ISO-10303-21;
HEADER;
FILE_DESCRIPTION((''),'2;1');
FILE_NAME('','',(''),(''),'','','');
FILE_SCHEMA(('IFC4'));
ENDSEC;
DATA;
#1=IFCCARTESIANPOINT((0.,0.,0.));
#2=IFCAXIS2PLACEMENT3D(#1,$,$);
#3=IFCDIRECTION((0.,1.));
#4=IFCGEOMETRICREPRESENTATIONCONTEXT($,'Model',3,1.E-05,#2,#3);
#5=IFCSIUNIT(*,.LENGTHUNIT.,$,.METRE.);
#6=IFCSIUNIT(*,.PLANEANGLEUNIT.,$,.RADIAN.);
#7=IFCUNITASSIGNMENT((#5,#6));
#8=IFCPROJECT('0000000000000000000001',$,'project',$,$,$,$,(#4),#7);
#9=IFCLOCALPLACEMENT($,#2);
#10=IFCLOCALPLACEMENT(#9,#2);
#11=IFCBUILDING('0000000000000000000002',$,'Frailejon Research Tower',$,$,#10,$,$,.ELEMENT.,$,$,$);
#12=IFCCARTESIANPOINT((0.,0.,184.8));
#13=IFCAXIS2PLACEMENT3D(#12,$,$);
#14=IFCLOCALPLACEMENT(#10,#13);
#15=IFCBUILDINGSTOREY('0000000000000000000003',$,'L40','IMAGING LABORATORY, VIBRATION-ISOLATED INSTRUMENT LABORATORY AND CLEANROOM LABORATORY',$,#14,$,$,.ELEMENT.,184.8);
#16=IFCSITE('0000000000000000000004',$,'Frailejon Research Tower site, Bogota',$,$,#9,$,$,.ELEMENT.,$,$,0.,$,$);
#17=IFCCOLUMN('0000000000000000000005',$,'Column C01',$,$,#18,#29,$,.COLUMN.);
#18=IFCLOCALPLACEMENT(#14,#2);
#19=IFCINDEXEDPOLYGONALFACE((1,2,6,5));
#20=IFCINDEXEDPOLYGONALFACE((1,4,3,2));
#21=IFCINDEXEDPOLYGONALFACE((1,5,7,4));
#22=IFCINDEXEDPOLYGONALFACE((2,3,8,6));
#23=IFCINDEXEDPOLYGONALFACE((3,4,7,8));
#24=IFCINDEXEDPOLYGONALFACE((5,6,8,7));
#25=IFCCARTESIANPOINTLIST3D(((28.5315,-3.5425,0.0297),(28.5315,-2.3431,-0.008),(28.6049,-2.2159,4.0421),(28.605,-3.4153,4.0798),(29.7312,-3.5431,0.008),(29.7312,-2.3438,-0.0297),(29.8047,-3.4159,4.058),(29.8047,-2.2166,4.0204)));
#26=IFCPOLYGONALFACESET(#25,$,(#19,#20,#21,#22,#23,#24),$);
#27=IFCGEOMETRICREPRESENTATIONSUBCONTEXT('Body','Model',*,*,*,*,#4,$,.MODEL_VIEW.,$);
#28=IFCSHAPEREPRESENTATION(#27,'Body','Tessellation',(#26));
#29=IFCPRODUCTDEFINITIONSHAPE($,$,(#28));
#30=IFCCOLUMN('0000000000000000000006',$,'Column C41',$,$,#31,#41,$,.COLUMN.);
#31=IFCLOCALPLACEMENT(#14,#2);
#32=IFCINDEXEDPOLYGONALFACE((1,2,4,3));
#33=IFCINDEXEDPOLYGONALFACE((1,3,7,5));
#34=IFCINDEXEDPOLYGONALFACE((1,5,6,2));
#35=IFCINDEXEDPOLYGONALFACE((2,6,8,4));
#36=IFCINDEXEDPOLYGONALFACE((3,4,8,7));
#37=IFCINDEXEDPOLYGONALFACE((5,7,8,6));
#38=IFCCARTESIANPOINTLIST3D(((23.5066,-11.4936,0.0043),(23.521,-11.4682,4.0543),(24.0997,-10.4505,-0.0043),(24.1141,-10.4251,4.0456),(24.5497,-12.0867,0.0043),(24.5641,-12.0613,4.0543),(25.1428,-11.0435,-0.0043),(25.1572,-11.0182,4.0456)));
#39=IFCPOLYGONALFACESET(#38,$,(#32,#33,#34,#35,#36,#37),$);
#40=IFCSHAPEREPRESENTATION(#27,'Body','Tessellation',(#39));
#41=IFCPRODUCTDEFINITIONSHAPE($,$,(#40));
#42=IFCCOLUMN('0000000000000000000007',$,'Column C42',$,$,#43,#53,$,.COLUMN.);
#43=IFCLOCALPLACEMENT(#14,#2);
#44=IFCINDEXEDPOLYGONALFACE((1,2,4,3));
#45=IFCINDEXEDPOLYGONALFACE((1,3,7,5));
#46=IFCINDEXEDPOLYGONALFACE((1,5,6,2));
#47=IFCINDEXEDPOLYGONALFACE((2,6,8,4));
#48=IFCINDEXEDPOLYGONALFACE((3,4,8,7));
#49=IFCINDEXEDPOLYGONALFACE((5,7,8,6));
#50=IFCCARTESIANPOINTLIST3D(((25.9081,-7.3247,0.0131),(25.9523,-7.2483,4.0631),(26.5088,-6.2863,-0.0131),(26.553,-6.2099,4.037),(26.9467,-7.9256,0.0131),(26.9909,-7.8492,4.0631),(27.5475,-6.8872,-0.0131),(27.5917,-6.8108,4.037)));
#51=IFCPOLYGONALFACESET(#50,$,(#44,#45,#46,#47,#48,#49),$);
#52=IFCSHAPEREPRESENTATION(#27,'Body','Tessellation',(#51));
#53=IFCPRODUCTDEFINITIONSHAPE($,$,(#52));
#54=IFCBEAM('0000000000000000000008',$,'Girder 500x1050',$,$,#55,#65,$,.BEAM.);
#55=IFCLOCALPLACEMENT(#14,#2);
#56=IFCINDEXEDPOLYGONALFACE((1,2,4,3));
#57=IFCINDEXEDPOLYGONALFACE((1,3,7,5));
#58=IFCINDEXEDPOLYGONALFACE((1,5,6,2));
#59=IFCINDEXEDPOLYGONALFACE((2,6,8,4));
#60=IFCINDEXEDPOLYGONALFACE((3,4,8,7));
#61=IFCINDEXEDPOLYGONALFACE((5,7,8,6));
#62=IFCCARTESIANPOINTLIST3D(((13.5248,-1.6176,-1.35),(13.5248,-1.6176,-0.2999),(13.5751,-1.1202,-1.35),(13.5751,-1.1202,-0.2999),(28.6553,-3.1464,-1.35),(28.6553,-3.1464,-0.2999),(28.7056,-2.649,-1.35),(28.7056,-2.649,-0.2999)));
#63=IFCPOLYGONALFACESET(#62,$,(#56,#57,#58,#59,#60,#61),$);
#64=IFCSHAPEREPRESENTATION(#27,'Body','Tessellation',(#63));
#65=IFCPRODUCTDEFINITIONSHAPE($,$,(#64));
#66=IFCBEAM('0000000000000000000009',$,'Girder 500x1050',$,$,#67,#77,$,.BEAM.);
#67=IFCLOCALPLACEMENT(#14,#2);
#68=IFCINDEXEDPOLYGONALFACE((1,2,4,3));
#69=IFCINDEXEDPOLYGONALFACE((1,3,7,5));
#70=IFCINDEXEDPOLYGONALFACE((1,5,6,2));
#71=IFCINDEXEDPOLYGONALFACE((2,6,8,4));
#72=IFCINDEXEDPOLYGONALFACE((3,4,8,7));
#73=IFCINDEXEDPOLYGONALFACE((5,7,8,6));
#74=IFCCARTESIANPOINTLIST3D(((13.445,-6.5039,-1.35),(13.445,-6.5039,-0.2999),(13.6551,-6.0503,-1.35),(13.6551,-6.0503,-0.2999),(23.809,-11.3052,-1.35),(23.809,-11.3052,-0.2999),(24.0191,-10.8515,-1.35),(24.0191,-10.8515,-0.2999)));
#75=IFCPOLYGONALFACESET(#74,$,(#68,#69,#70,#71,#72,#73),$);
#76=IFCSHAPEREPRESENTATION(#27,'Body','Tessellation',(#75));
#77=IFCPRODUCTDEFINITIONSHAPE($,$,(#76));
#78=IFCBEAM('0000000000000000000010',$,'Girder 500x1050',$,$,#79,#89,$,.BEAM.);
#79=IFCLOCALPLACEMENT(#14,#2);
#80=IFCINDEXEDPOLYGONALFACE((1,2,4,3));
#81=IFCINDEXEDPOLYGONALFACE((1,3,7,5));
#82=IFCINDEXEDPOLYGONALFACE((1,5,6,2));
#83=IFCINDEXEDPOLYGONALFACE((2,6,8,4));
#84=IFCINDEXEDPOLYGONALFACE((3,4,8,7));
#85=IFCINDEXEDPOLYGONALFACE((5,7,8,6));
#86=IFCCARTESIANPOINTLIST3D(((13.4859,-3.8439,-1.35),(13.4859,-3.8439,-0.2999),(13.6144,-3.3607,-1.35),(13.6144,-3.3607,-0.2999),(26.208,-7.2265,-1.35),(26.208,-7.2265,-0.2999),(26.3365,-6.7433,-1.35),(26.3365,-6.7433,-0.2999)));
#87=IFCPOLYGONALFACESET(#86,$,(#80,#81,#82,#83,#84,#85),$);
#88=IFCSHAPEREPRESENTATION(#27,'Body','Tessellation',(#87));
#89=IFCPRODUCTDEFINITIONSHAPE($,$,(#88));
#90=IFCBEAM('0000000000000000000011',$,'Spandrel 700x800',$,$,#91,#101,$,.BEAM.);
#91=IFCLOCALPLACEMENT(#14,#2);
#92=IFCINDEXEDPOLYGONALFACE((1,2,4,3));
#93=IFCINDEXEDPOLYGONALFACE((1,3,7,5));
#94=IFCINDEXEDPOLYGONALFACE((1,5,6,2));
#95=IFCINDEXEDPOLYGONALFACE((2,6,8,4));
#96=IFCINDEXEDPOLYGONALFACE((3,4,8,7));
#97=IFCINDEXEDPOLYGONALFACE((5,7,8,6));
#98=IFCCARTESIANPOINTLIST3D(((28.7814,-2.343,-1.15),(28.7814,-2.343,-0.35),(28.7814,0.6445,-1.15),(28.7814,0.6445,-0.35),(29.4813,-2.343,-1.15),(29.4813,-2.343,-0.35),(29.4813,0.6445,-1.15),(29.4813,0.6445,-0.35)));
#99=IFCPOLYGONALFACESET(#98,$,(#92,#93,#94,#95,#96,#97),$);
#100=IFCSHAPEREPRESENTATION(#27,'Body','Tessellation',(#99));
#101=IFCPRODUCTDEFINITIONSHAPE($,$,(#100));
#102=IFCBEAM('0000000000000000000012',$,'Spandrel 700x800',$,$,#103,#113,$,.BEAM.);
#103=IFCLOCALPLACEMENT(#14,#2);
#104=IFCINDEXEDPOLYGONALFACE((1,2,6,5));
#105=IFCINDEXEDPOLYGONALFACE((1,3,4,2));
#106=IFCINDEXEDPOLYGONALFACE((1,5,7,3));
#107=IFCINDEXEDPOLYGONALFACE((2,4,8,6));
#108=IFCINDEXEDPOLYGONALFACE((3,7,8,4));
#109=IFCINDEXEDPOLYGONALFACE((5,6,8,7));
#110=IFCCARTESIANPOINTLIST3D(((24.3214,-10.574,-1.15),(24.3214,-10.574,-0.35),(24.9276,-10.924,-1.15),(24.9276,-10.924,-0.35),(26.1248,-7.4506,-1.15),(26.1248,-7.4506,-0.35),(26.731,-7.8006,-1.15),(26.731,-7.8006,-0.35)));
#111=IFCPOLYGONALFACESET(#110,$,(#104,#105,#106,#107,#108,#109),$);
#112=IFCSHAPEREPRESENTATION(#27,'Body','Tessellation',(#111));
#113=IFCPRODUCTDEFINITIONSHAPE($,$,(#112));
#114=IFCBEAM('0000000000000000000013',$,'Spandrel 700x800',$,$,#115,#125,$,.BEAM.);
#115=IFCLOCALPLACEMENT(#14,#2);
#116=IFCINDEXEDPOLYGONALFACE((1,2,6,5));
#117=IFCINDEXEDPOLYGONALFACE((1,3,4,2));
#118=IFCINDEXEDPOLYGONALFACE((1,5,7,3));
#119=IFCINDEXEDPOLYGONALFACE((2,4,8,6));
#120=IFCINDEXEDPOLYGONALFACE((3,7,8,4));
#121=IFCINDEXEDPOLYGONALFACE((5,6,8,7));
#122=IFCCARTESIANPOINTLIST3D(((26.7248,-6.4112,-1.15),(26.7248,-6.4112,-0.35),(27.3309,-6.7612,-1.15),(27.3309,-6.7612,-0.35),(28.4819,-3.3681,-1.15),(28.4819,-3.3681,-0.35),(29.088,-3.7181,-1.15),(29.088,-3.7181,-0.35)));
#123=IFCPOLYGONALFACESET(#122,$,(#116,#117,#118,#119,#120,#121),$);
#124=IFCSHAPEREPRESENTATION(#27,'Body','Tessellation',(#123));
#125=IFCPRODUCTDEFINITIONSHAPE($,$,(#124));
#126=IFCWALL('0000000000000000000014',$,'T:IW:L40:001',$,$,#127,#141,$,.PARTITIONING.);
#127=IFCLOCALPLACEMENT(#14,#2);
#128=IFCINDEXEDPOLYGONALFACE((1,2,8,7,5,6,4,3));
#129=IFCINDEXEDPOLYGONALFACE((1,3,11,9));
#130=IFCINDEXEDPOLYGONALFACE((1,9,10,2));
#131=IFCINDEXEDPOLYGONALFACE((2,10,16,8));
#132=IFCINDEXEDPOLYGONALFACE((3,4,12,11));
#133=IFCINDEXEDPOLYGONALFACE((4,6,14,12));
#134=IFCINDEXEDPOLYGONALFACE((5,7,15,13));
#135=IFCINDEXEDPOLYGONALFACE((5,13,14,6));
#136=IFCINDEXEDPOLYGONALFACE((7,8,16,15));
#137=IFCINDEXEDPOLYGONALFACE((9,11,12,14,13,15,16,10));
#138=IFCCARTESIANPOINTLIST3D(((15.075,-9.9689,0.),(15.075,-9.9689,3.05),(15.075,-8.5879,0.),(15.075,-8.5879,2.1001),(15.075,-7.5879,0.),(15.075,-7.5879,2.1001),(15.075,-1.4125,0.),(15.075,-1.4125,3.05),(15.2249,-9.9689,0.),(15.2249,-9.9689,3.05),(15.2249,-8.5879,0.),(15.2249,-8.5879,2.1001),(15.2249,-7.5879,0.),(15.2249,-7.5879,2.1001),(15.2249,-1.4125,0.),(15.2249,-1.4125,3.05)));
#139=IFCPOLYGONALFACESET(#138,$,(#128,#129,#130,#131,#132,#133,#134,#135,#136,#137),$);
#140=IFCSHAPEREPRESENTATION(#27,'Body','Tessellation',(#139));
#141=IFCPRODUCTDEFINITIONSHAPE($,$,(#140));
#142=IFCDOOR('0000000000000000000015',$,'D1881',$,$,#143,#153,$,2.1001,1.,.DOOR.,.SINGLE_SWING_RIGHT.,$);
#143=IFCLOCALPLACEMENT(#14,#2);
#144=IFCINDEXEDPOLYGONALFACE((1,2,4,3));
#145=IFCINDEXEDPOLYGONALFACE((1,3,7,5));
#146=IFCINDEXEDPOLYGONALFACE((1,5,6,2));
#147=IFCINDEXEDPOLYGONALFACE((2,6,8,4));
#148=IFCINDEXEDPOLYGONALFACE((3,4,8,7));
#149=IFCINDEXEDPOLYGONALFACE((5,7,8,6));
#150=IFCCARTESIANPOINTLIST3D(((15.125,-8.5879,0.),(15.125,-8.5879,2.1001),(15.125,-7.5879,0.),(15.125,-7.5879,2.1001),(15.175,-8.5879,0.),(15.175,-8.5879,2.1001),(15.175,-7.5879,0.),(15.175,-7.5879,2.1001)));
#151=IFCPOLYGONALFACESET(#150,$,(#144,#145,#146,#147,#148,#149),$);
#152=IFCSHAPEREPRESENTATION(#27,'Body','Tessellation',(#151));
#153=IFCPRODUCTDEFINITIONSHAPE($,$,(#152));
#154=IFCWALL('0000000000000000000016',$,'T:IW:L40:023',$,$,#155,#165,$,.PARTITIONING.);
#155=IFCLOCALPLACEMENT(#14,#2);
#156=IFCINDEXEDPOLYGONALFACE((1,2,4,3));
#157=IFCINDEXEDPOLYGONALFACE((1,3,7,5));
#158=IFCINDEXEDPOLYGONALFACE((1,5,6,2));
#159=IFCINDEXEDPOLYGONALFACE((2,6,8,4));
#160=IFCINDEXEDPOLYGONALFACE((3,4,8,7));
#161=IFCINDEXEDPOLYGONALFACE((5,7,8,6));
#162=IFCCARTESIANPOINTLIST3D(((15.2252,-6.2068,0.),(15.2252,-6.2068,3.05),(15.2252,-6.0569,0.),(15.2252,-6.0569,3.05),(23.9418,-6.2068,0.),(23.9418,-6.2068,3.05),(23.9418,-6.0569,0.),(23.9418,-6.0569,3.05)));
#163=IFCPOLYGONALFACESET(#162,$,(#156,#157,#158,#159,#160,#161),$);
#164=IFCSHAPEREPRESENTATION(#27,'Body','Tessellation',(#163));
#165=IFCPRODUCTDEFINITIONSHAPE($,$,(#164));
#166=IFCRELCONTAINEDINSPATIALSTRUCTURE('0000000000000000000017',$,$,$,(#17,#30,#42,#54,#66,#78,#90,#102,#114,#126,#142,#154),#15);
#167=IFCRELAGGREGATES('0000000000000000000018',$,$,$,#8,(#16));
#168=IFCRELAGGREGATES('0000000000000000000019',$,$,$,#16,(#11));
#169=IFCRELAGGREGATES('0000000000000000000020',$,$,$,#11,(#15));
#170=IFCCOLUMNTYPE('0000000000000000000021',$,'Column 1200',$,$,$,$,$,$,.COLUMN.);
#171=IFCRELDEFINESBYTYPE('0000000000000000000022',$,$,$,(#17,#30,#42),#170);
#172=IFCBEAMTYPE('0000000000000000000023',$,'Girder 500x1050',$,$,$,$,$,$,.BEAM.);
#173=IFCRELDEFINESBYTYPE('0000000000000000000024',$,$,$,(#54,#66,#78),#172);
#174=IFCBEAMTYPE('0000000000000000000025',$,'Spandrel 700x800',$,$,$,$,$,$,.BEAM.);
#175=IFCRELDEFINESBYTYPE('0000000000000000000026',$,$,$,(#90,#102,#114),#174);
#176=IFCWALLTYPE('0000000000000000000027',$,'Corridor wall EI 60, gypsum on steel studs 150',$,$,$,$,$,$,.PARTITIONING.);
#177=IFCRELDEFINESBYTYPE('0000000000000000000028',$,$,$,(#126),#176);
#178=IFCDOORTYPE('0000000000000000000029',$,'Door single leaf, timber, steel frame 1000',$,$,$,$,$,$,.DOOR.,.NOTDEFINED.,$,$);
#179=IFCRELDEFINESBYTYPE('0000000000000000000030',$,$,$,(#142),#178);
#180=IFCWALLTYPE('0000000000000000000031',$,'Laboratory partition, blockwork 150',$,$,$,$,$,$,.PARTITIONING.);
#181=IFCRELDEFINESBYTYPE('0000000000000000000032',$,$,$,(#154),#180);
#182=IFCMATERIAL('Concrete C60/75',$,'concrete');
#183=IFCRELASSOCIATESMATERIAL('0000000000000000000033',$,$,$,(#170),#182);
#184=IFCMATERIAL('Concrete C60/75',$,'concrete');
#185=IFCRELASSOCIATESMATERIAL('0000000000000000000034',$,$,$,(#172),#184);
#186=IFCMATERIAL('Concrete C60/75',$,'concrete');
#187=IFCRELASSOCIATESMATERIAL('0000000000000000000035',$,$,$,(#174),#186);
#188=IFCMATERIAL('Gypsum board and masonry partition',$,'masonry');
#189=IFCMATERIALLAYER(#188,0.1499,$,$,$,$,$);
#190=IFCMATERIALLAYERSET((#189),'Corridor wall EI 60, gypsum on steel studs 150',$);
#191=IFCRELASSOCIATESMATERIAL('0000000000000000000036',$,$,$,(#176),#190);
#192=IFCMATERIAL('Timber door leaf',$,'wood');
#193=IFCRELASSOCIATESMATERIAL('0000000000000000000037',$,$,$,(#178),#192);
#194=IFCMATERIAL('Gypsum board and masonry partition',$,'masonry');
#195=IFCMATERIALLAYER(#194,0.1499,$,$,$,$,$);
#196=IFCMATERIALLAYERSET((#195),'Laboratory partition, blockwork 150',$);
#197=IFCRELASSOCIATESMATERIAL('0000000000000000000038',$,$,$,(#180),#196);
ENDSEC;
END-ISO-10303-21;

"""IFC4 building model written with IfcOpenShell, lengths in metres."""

from ifc_helpers import new_model, si_unit, direction, frame, frame_2d, origin, origin_2d, place, context, subcontext, project, spatial, rectangle, extrude, material, layer, layer_set, material_profile, profile_set, type_object, element, fill, save


model = new_model("IFC4")

# Units and contexts
model_context = context("Model", 3, precision=1e-05, world=origin(), true_north=direction((0.0, 1.0)))
body_context = subcontext(model_context, "Body", "Model", "MODEL_VIEW")
ifc_project = project(units=[si_unit("LENGTHUNIT", "METRE"), si_unit("PLANEANGLEUNIT", "RADIAN")], contexts=[model_context])

# Site, building, storey
site_placement = place(None, origin())
site = spatial("IfcSite", under=ifc_project, at=site_placement, Name="Frailejon Research Tower site, Bogota", CompositionType="ELEMENT", RefElevation=0.0)
building_placement = place(site_placement, origin())
building = spatial("IfcBuilding", under=site, at=building_placement, Name="Frailejon Research Tower", CompositionType="ELEMENT")
storey_placement = place(building_placement, frame((0.0, 0.0, 184.8)))
storey = spatial("IfcBuildingStorey", under=building, at=storey_placement, Name="L40", Description="IMAGING LABORATORY, VIBRATION-ISOLATED INSTRUMENT LABORATORY AND CLEANROOM LABORATORY", CompositionType="ELEMENT", Elevation=184.8)

# Columns
ifc_material_1 = material(Name="Concrete C60/75", Category="concrete")
ifc_material_profile_1 = material_profile(ifc_material_1, rectangle(XDim=1.2, YDim=1.2, at=origin_2d()), Name="Column 1200")
ifc_profile_set_1 = profile_set([ifc_material_profile_1], Name="Concrete C60/75")
column_type = type_object("IfcColumnType", Name="Column 1200", PredefinedType="COLUMN", material=ifc_profile_set_1)
column_1_placement = place(storey_placement, frame((29.1313, -2.9431, 0.0), z_axis=(0.018133, 0.031386, 0.999343), x_axis=(-0.000022, 0.999507, -0.03139)))
element("IfcColumn", 1, at=column_1_placement, inside=storey, type_object=column_type, Name="Column C01", PredefinedType="COLUMN", context=body_context, shape_type="SweptSolid", body=[
    extrude(rectangle(XDim=1.2, YDim=1.2, at=origin_2d()), origin(), (0.0, 0.0, 1.0), 4.0527),
])
column_2_placement = place(storey_placement, frame((24.3247, -11.2686, 0.0), z_axis=(0.003556, 0.006269, 0.999974), x_axis=(0.494246, 0.869292, -0.007208)))
element("IfcColumn", 2, at=column_2_placement, inside=storey, type_object=column_type, Name="Column C41", PredefinedType="COLUMN", context=body_context, shape_type="SweptSolid", body=[
    extrude(rectangle(XDim=1.2, YDim=1.2, at=origin_2d()), origin(), (0.0, 0.0, 1.0), 4.05),
])
column_3_placement = place(storey_placement, frame((26.7278, -7.106, 0.0), z_axis=(0.010908, 0.018863, 0.999763), x_axis=(0.500638, 0.865382, -0.02179)))
element("IfcColumn", 3, at=column_3_placement, inside=storey, type_object=column_type, Name="Column C42", PredefinedType="COLUMN", context=body_context, shape_type="SweptSolid", body=[
    extrude(rectangle(XDim=1.2, YDim=1.2, at=origin_2d()), origin(), (0.0, 0.0, 1.0), 4.051),
])

# Beams
ifc_material_2 = material(Name="Concrete C60/75", Category="concrete")
ifc_material_profile_2 = material_profile(ifc_material_2, rectangle(XDim=0.5, YDim=1.05, at=origin_2d()), Name="Girder 500x1050")
ifc_profile_set_2 = profile_set([ifc_material_profile_2], Name="Concrete C60/75")
beam_type_1 = type_object("IfcBeamType", Name="Girder 500x1050", PredefinedType="BEAM", material=ifc_profile_set_2)
beam_1_placement = place(storey_placement, frame((28.6804, -2.8977, -0.825), z_axis=(-0.994934, 0.10053, 0.0), x_axis=(-0.10053, -0.994934, 0.0)))
element("IfcBeam", 4, at=beam_1_placement, inside=storey, type_object=beam_type_1, Name="Girder 500x1050", PredefinedType="BEAM", context=body_context, shape_type="SweptSolid", body=[
    extrude(rectangle(XDim=0.5, YDim=1.05, at=origin_2d()), origin(), (0.0, 0.0, 1.0), 15.2075),
])
beam_2_placement = place(storey_placement, frame((23.9141, -11.0784, -0.825), z_axis=(-0.907363, 0.420348, 0.0), x_axis=(-0.420348, -0.907363, 0.0)))
element("IfcBeam", 5, at=beam_2_placement, inside=storey, type_object=beam_type_1, Name="Girder 500x1050", PredefinedType="BEAM", context=body_context, shape_type="SweptSolid", body=[
    extrude(rectangle(XDim=0.5, YDim=1.05, at=origin_2d()), origin(), (0.0, 0.0, 1.0), 11.4221),
])
beam_3_placement = place(storey_placement, frame((26.2722, -6.9849, -0.825), z_axis=(-0.966424, 0.256953, 0.0), x_axis=(-0.256953, -0.966424, 0.0)))
element("IfcBeam", 6, at=beam_3_placement, inside=storey, type_object=beam_type_1, Name="Girder 500x1050", PredefinedType="BEAM", context=body_context, shape_type="SweptSolid", body=[
    extrude(rectangle(XDim=0.5, YDim=1.05, at=origin_2d()), origin(), (0.0, 0.0, 1.0), 13.1641),
])
ifc_material_3 = material(Name="Concrete C60/75", Category="concrete")
ifc_material_profile_3 = material_profile(ifc_material_3, rectangle(XDim=0.7, YDim=0.8, at=origin_2d()), Name="Spandrel 700x800")
ifc_profile_set_3 = profile_set([ifc_material_profile_3], Name="Concrete C60/75")
beam_type_2 = type_object("IfcBeamType", Name="Spandrel 700x800", PredefinedType="BEAM", material=ifc_profile_set_3)
beam_4_placement = place(storey_placement, frame((29.1313, -2.343, -0.75), z_axis=(0.0, 1.0, 0.0), x_axis=(-1.0, 0.0, 0.0)))
element("IfcBeam", 7, at=beam_4_placement, inside=storey, type_object=beam_type_2, Name="Spandrel 700x800", PredefinedType="BEAM", context=body_context, shape_type="SweptSolid", body=[
    extrude(rectangle(XDim=0.7, YDim=0.8, at=origin_2d()), origin(), (0.0, 0.0, 1.0), 2.9875),
])
beam_5_placement = place(storey_placement, frame((24.6245, -10.749, -0.75), z_axis=(0.500019, 0.866014, 0.0), x_axis=(-0.866014, 0.500019, 0.0)))
element("IfcBeam", 8, at=beam_5_placement, inside=storey, type_object=beam_type_2, Name="Spandrel 700x800", PredefinedType="BEAM", context=body_context, shape_type="SweptSolid", body=[
    extrude(rectangle(XDim=0.7, YDim=0.8, at=origin_2d()), origin(), (0.0, 0.0, 1.0), 3.6067),
])
beam_6_placement = place(storey_placement, frame((27.0278, -6.5862, -0.75), z_axis=(0.500047, 0.865998, 0.0), x_axis=(-0.865998, 0.500047, 0.0)))
element("IfcBeam", 9, at=beam_6_placement, inside=storey, type_object=beam_type_2, Name="Spandrel 700x800", PredefinedType="BEAM", context=body_context, shape_type="SweptSolid", body=[
    extrude(rectangle(XDim=0.7, YDim=0.8, at=origin_2d()), origin(), (0.0, 0.0, 1.0), 3.5139),
])

# Wall, opening, door
ifc_material_4 = material(Name="Gypsum board and masonry partition", Category="masonry")
ifc_layer_1 = layer(ifc_material_4, 0.1499)
ifc_layer_set_1 = layer_set([ifc_layer_1], Name="Corridor wall EI 60, gypsum on steel studs 150")
wall_type_1 = type_object("IfcWallType", Name="Corridor wall EI 60, gypsum on steel studs 150", PredefinedType="PARTITIONING", material=ifc_layer_set_1)
wall_1_placement = place(storey_placement, frame((15.1499, -9.969, 0.0), z_axis=(0.0, 0.0, 1.0), x_axis=(0.0, 1.0, 0.0)))
wall_1 = element("IfcWall", 10, at=wall_1_placement, inside=storey, type_object=wall_type_1, Name="T:IW:L40:001", PredefinedType="PARTITIONING", context=body_context, shape_type="SweptSolid", body=[
    extrude(rectangle(XDim=8.5564, YDim=0.1499, at=frame_2d((4.2783, 0.0))), origin(), (0.0, 0.0, 1.0), 3.05),
])
opening_1_placement = place(wall_1_placement, frame((1.3811, 0.0, 0.0)))
opening_1 = element("IfcOpeningElement", 11, at=opening_1_placement, cuts=wall_1, PredefinedType="OPENING", context=body_context, shape_type="SweptSolid", body=[
    extrude(rectangle(XDim=1.0, YDim=2.1001, at=frame_2d((0.5, 1.05))), frame((0.0, 0.085, 0.0), z_axis=(0.0, -1.0, 0.0), x_axis=(1.0, 0.0, 0.0)), (0.0, 0.0, 1.0), 0.1699),
])
ifc_material_5 = material(Name="Timber door leaf", Category="wood")
door_type = type_object("IfcDoorType", Name="Door single leaf, timber, steel frame 1000", OperationType="NOTDEFINED", PredefinedType="DOOR", material=ifc_material_5)
door_1_placement = place(opening_1_placement, origin())
door_1 = element("IfcDoor", 12, at=door_1_placement, inside=storey, type_object=door_type, Name="D1881", OperationType="SINGLE_SWING_RIGHT", OverallHeight=2.1001, OverallWidth=1.0, PredefinedType="DOOR", context=body_context, shape_type="SweptSolid", body=[
    extrude(rectangle(XDim=1.0, YDim=2.1001, at=frame_2d((0.5, 1.05))), frame((0.0, 0.0249, 0.0), z_axis=(0.0, -1.0, 0.0), x_axis=(1.0, 0.0, 0.0)), (0.0, 0.0, 1.0), 0.05),
])
fill(opening_1, door_1)

# Wall
ifc_material_6 = material(Name="Gypsum board and masonry partition", Category="masonry")
ifc_layer_2 = layer(ifc_material_6, 0.1499)
ifc_layer_set_2 = layer_set([ifc_layer_2], Name="Laboratory partition, blockwork 150")
wall_type_2 = type_object("IfcWallType", Name="Laboratory partition, blockwork 150", PredefinedType="PARTITIONING", material=ifc_layer_set_2)
wall_2_placement = place(storey_placement, frame((15.2251, -6.1318, 0.0), z_axis=(0.0, 0.0, 1.0), x_axis=(1.0, 0.0, 0.0)))
element("IfcWall", 13, at=wall_2_placement, inside=storey, type_object=wall_type_2, Name="T:IW:L40:023", PredefinedType="PARTITIONING", context=body_context, shape_type="SweptSolid", body=[
    extrude(rectangle(XDim=8.7166, YDim=0.1499, at=frame_2d((4.3584, 0.0))), origin(), (0.0, 0.0, 1.0), 3.05),
])

save(model, "model.ifc")
